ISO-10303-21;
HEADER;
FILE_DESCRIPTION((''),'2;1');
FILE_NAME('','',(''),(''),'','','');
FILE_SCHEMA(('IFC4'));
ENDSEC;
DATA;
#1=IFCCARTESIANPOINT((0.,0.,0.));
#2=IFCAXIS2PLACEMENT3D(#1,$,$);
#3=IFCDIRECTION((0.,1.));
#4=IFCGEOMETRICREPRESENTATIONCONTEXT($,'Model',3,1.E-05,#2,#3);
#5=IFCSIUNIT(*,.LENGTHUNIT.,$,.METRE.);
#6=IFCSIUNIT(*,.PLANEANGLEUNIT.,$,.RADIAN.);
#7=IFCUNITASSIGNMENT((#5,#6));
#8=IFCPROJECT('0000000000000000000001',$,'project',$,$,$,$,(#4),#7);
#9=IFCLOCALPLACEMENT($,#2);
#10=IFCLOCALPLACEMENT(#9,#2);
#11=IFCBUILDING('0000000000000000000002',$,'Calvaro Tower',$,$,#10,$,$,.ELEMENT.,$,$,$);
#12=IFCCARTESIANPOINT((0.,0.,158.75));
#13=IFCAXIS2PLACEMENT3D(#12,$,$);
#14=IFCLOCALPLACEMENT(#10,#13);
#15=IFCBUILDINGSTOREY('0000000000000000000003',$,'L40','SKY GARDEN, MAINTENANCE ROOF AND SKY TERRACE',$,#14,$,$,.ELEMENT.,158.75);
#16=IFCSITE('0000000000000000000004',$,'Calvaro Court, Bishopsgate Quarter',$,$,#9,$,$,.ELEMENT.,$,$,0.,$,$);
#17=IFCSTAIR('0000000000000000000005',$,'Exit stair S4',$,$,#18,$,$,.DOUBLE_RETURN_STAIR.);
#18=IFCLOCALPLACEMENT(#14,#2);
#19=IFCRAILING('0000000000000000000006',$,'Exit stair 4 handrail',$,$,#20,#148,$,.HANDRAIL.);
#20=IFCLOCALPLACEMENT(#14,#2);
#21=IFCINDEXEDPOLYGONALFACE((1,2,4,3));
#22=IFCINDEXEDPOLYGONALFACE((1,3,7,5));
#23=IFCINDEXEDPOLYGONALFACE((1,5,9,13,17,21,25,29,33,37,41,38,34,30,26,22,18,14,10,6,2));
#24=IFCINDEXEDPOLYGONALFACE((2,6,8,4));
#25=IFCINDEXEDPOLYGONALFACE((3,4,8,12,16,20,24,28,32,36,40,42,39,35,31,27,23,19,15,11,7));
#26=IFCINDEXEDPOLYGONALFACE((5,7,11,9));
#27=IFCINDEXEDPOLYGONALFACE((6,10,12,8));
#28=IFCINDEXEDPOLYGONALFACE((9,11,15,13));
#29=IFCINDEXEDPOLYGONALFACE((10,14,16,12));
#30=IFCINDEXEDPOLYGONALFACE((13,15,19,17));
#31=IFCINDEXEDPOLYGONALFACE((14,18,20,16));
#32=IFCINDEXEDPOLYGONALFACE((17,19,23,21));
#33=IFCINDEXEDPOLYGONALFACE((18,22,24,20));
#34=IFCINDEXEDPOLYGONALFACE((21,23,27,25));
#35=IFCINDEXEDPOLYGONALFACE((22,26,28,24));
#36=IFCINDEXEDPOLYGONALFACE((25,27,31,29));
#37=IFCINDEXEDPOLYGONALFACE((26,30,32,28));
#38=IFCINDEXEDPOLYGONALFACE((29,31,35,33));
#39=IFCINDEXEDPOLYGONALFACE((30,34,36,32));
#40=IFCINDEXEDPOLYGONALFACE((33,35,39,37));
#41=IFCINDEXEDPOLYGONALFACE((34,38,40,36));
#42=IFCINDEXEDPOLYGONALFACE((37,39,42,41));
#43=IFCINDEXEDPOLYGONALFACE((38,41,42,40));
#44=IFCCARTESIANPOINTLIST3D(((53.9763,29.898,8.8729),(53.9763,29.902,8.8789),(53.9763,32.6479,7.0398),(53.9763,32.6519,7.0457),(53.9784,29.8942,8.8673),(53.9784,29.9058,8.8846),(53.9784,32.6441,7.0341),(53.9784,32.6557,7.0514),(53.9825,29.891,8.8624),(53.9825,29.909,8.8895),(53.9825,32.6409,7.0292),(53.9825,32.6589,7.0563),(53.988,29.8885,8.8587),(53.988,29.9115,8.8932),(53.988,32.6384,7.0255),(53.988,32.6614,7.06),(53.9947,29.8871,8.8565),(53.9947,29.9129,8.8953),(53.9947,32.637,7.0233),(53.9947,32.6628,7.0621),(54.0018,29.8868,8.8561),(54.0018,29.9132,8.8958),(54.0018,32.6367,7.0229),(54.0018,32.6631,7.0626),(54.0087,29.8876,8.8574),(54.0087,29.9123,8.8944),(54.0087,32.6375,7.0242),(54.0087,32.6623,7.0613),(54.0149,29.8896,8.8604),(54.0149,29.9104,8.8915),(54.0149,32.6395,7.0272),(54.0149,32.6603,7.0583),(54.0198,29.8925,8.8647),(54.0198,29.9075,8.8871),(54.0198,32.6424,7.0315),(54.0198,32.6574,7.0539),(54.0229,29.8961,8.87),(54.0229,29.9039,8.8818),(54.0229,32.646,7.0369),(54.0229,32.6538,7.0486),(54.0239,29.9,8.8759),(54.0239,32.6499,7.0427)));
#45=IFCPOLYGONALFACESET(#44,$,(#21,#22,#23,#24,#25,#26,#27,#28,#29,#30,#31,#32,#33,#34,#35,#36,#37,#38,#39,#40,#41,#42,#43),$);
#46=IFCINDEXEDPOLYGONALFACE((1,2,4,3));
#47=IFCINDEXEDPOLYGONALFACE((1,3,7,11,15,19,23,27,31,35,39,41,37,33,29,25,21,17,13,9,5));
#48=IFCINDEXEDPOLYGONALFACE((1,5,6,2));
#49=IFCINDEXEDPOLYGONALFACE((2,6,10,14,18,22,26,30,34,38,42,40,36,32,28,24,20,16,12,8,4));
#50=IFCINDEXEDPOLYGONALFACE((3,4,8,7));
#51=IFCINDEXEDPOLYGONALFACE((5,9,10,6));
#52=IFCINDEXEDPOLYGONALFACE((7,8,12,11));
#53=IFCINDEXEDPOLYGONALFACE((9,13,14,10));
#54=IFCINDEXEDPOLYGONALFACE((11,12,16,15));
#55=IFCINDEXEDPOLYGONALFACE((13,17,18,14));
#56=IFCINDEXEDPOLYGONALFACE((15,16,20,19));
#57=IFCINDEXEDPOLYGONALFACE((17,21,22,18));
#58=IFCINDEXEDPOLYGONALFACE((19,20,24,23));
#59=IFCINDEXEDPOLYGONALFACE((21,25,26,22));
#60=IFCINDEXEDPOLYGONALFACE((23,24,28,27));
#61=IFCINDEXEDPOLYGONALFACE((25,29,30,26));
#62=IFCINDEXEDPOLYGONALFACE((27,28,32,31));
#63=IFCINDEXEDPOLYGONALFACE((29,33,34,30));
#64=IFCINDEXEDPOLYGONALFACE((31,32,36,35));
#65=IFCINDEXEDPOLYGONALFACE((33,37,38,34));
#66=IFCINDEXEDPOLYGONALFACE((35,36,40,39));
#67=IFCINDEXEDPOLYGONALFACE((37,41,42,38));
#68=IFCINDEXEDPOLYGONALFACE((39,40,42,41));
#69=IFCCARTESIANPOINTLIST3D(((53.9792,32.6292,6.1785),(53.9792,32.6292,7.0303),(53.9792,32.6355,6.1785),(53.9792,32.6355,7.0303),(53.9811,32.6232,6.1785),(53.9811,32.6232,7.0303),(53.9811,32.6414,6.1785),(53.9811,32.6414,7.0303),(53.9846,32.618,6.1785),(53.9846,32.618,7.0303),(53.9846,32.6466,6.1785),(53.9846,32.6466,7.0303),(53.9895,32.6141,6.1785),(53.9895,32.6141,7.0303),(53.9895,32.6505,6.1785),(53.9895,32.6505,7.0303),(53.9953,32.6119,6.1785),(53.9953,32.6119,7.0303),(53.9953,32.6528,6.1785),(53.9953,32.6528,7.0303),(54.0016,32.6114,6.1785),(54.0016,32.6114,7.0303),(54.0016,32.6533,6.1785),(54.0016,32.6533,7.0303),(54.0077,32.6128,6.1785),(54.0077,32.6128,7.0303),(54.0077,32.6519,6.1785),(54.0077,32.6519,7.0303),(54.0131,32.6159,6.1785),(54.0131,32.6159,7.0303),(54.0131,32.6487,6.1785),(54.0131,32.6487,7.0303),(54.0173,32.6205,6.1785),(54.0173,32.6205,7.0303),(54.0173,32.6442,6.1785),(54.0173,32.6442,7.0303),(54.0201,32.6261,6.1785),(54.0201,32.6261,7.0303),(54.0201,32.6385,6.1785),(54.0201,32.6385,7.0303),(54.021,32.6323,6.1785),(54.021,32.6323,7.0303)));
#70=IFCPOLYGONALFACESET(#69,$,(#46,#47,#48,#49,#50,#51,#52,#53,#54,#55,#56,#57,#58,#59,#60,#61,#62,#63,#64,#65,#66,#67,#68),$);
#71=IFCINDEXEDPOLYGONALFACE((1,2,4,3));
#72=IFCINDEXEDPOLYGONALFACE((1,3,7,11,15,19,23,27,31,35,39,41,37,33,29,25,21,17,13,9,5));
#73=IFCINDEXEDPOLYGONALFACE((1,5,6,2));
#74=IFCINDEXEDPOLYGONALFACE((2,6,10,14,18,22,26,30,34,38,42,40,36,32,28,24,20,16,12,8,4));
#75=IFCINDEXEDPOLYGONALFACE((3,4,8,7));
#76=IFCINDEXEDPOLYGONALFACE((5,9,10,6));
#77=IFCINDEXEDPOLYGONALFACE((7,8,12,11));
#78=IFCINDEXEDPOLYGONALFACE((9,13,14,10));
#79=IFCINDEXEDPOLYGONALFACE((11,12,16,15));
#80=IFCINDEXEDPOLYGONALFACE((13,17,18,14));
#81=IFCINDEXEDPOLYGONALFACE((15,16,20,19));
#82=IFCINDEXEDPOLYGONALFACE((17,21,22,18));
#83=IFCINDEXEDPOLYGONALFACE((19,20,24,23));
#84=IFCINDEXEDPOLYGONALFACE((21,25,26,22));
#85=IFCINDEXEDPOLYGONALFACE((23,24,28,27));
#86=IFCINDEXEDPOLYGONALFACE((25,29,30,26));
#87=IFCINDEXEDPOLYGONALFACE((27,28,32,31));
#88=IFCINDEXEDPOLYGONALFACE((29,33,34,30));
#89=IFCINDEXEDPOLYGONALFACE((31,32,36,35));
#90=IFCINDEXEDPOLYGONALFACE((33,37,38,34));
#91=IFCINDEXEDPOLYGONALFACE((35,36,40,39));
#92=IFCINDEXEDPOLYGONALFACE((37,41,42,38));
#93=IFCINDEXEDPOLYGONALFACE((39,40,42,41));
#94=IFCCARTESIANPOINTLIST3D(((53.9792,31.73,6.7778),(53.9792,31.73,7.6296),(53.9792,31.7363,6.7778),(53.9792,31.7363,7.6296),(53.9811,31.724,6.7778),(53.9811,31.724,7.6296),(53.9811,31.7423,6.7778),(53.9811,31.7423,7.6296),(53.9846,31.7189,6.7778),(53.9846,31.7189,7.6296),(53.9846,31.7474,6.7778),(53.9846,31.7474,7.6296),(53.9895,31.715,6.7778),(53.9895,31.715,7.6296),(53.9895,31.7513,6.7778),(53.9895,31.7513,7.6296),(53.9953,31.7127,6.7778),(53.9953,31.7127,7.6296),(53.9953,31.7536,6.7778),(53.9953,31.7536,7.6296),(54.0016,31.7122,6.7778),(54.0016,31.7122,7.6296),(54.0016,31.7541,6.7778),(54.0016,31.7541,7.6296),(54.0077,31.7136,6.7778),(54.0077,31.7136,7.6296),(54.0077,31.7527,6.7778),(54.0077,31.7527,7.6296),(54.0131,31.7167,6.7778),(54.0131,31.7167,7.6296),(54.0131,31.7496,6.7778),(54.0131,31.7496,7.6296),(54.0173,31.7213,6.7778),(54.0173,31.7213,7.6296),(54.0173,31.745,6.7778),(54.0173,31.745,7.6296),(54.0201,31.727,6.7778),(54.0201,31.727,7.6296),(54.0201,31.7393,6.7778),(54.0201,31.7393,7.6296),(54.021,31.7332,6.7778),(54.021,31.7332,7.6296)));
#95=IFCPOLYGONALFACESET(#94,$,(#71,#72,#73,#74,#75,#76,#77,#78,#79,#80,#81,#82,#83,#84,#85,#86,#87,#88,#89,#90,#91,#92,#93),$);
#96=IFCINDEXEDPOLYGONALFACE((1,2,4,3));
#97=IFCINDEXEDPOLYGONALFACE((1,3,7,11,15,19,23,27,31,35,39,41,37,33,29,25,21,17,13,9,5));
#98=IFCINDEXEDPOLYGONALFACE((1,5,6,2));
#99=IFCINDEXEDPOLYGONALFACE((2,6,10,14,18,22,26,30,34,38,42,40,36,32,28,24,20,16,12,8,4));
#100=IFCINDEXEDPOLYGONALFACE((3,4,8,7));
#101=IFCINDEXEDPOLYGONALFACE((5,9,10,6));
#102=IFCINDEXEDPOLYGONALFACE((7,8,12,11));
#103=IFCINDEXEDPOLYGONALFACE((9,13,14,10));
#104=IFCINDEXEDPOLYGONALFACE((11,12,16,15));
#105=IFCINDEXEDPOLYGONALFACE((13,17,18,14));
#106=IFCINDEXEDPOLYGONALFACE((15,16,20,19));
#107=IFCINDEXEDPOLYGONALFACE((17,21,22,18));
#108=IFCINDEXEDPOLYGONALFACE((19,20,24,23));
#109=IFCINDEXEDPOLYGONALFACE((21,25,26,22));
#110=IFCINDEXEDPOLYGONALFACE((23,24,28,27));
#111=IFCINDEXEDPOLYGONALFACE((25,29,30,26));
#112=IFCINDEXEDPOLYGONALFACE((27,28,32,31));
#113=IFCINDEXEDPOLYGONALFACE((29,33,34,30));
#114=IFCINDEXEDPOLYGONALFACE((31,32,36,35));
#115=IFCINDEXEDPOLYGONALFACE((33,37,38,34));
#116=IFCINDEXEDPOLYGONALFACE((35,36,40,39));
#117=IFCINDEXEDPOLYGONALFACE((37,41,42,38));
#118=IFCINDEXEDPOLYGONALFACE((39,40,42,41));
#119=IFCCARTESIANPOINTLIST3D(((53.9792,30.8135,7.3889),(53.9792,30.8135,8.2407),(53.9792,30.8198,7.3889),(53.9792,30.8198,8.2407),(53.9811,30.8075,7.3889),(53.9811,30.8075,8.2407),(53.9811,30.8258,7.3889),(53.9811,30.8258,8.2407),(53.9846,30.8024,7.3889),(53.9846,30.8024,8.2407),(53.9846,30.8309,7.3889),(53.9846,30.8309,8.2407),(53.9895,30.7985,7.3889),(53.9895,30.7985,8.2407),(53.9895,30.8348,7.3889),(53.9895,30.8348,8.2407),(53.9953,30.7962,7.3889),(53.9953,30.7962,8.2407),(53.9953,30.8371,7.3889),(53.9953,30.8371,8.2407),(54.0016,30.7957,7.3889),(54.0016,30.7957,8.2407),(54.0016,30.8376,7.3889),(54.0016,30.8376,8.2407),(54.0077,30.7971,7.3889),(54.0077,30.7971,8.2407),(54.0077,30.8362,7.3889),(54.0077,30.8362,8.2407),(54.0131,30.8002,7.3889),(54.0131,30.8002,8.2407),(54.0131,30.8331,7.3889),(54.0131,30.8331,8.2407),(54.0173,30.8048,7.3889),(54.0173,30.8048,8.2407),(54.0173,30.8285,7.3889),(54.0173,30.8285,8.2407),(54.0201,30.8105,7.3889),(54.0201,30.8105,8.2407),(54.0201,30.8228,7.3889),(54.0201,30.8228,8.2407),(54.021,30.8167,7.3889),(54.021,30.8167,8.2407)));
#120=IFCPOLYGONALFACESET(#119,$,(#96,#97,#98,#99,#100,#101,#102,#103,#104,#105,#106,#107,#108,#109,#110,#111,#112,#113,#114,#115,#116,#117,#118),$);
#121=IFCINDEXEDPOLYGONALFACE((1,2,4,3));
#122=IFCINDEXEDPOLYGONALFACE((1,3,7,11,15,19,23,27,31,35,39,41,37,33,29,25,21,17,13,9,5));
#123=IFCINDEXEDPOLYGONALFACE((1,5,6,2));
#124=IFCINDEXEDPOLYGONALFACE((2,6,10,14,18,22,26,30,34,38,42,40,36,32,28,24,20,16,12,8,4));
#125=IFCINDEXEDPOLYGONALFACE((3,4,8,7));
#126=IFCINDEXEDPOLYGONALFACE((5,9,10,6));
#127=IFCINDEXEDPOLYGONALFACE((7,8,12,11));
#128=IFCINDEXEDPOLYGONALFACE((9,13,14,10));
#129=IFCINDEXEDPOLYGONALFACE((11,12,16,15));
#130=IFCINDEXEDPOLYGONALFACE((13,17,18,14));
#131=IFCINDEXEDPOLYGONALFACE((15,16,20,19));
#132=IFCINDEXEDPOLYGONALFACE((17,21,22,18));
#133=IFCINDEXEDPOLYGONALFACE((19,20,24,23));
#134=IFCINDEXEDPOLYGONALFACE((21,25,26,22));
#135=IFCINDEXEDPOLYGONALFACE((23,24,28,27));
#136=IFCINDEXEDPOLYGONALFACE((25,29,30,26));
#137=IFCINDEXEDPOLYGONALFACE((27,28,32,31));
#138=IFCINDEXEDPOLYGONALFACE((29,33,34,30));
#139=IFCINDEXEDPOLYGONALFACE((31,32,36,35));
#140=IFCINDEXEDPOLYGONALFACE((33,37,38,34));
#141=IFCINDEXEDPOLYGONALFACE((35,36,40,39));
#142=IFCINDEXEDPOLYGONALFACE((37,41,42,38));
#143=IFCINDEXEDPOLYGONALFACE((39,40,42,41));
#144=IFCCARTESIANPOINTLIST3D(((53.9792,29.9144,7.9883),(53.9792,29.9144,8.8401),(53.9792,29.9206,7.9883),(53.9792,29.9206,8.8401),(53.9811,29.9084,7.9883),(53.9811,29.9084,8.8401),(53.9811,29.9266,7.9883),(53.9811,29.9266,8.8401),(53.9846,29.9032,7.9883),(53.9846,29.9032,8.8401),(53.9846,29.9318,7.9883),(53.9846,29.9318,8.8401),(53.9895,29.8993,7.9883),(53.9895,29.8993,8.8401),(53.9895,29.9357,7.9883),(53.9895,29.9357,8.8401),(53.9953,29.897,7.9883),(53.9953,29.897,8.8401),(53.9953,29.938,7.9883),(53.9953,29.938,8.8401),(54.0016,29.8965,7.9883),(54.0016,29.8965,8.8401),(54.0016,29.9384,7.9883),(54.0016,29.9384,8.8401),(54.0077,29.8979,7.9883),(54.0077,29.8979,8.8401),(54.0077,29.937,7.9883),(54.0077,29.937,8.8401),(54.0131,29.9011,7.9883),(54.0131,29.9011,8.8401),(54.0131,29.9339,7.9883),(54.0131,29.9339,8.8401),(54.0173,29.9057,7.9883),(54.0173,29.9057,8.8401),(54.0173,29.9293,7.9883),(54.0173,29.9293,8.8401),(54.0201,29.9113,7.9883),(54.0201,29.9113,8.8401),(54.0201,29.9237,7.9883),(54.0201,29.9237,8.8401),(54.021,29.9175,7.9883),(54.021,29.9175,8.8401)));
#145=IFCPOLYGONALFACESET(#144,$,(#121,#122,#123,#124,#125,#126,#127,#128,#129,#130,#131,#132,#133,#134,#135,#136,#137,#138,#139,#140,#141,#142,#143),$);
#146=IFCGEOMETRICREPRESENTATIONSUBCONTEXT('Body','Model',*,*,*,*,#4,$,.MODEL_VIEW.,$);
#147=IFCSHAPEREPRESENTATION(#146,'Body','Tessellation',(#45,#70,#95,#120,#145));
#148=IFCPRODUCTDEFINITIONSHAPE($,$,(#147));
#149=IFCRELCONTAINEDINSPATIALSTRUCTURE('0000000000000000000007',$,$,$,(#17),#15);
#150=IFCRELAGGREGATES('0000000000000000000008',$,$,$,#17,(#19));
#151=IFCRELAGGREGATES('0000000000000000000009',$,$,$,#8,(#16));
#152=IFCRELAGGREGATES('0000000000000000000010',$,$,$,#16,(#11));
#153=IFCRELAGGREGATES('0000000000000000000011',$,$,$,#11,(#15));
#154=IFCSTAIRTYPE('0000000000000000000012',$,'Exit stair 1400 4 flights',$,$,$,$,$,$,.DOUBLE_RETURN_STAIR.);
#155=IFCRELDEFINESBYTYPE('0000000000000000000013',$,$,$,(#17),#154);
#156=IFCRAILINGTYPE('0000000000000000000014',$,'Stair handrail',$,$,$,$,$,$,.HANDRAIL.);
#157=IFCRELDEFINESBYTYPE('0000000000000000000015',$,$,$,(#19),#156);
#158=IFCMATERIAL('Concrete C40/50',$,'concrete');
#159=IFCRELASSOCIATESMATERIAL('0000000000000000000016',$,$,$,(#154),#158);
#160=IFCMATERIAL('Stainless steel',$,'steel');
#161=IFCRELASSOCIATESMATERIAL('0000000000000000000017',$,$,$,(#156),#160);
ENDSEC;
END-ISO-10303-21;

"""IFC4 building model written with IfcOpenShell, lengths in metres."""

from ifc_helpers import new_model, si_unit, direction, frame, origin, origin_2d, place, context, subcontext, project, spatial, circle, extrude, material, type_object, element, aggregate, save


model = new_model("IFC4")

# Units and contexts
model_context = context("Model", 3, precision=1e-05, world=origin(), true_north=direction((0.0, 1.0)))
body_context = subcontext(model_context, "Body", "Model", "MODEL_VIEW")
ifc_project = project(units=[si_unit("LENGTHUNIT", "METRE"), si_unit("PLANEANGLEUNIT", "RADIAN")], contexts=[model_context])

# Site, building, storey
site_placement = place(None, origin())
site = spatial("IfcSite", under=ifc_project, at=site_placement, Name="Calvaro Court, Bishopsgate Quarter", CompositionType="ELEMENT", RefElevation=0.0)
building_placement = place(site_placement, origin())
building = spatial("IfcBuilding", under=site, at=building_placement, Name="Calvaro Tower", CompositionType="ELEMENT")
storey_placement = place(building_placement, frame((0.0, 0.0, 158.75)))
storey = spatial("IfcBuildingStorey", under=building, at=storey_placement, Name="L40", Description="SKY GARDEN, MAINTENANCE ROOF AND SKY TERRACE", CompositionType="ELEMENT", Elevation=158.75)

# Shared definitions
ifc_material_1 = material(Name="Concrete C40/50", Category="concrete")
stair_type = type_object("IfcStairType", Name="Exit stair 1400 4 flights", PredefinedType="DOUBLE_RETURN_STAIR", material=ifc_material_1)

# Stair, railing
stair_1_placement = place(storey_placement, origin())
stair_1 = element("IfcStair", 1, at=stair_1_placement, inside=storey, type_object=stair_type, Name="Exit stair S4", PredefinedType="DOUBLE_RETURN_STAIR")
ifc_material_2 = material(Name="Stainless steel", Category="steel")
railing_type = type_object("IfcRailingType", Name="Stair handrail", PredefinedType="HANDRAIL", material=ifc_material_2)
railing_1_placement = place(storey_placement, frame((54.0, 32.6499, 6.1667)))
railing_1 = element("IfcRailing", 2, at=railing_1_placement, type_object=railing_type, Name="Exit stair 4 handrail", PredefinedType="HANDRAIL", context=body_context, shape_type="SweptSolid", body=[
    extrude(circle(Radius=0.0239, at=origin_2d()), frame((0.0, 0.0, 0.876), z_axis=(0.0, -0.832062, 0.554683), x_axis=(1.0, 0.0, 0.0)), (0.0, 0.0, 1.0), 3.3049),
    extrude(circle(Radius=0.021, at=origin_2d()), frame((0.0, -0.0176, 0.0117)), (0.0, 0.0, 1.0), 0.8518),
    extrude(circle(Radius=0.021, at=origin_2d()), frame((0.0, -0.9167, 0.6111)), (0.0, 0.0, 1.0), 0.8518),
    extrude(circle(Radius=0.021, at=origin_2d()), frame((0.0, -1.8333, 1.2222)), (0.0, 0.0, 1.0), 0.8518),
    extrude(circle(Radius=0.021, at=origin_2d()), frame((0.0, -2.7324, 1.8215)), (0.0, 0.0, 1.0), 0.8518),
])
aggregate(stair_1, [railing_1])

save(model, "model.ifc")
